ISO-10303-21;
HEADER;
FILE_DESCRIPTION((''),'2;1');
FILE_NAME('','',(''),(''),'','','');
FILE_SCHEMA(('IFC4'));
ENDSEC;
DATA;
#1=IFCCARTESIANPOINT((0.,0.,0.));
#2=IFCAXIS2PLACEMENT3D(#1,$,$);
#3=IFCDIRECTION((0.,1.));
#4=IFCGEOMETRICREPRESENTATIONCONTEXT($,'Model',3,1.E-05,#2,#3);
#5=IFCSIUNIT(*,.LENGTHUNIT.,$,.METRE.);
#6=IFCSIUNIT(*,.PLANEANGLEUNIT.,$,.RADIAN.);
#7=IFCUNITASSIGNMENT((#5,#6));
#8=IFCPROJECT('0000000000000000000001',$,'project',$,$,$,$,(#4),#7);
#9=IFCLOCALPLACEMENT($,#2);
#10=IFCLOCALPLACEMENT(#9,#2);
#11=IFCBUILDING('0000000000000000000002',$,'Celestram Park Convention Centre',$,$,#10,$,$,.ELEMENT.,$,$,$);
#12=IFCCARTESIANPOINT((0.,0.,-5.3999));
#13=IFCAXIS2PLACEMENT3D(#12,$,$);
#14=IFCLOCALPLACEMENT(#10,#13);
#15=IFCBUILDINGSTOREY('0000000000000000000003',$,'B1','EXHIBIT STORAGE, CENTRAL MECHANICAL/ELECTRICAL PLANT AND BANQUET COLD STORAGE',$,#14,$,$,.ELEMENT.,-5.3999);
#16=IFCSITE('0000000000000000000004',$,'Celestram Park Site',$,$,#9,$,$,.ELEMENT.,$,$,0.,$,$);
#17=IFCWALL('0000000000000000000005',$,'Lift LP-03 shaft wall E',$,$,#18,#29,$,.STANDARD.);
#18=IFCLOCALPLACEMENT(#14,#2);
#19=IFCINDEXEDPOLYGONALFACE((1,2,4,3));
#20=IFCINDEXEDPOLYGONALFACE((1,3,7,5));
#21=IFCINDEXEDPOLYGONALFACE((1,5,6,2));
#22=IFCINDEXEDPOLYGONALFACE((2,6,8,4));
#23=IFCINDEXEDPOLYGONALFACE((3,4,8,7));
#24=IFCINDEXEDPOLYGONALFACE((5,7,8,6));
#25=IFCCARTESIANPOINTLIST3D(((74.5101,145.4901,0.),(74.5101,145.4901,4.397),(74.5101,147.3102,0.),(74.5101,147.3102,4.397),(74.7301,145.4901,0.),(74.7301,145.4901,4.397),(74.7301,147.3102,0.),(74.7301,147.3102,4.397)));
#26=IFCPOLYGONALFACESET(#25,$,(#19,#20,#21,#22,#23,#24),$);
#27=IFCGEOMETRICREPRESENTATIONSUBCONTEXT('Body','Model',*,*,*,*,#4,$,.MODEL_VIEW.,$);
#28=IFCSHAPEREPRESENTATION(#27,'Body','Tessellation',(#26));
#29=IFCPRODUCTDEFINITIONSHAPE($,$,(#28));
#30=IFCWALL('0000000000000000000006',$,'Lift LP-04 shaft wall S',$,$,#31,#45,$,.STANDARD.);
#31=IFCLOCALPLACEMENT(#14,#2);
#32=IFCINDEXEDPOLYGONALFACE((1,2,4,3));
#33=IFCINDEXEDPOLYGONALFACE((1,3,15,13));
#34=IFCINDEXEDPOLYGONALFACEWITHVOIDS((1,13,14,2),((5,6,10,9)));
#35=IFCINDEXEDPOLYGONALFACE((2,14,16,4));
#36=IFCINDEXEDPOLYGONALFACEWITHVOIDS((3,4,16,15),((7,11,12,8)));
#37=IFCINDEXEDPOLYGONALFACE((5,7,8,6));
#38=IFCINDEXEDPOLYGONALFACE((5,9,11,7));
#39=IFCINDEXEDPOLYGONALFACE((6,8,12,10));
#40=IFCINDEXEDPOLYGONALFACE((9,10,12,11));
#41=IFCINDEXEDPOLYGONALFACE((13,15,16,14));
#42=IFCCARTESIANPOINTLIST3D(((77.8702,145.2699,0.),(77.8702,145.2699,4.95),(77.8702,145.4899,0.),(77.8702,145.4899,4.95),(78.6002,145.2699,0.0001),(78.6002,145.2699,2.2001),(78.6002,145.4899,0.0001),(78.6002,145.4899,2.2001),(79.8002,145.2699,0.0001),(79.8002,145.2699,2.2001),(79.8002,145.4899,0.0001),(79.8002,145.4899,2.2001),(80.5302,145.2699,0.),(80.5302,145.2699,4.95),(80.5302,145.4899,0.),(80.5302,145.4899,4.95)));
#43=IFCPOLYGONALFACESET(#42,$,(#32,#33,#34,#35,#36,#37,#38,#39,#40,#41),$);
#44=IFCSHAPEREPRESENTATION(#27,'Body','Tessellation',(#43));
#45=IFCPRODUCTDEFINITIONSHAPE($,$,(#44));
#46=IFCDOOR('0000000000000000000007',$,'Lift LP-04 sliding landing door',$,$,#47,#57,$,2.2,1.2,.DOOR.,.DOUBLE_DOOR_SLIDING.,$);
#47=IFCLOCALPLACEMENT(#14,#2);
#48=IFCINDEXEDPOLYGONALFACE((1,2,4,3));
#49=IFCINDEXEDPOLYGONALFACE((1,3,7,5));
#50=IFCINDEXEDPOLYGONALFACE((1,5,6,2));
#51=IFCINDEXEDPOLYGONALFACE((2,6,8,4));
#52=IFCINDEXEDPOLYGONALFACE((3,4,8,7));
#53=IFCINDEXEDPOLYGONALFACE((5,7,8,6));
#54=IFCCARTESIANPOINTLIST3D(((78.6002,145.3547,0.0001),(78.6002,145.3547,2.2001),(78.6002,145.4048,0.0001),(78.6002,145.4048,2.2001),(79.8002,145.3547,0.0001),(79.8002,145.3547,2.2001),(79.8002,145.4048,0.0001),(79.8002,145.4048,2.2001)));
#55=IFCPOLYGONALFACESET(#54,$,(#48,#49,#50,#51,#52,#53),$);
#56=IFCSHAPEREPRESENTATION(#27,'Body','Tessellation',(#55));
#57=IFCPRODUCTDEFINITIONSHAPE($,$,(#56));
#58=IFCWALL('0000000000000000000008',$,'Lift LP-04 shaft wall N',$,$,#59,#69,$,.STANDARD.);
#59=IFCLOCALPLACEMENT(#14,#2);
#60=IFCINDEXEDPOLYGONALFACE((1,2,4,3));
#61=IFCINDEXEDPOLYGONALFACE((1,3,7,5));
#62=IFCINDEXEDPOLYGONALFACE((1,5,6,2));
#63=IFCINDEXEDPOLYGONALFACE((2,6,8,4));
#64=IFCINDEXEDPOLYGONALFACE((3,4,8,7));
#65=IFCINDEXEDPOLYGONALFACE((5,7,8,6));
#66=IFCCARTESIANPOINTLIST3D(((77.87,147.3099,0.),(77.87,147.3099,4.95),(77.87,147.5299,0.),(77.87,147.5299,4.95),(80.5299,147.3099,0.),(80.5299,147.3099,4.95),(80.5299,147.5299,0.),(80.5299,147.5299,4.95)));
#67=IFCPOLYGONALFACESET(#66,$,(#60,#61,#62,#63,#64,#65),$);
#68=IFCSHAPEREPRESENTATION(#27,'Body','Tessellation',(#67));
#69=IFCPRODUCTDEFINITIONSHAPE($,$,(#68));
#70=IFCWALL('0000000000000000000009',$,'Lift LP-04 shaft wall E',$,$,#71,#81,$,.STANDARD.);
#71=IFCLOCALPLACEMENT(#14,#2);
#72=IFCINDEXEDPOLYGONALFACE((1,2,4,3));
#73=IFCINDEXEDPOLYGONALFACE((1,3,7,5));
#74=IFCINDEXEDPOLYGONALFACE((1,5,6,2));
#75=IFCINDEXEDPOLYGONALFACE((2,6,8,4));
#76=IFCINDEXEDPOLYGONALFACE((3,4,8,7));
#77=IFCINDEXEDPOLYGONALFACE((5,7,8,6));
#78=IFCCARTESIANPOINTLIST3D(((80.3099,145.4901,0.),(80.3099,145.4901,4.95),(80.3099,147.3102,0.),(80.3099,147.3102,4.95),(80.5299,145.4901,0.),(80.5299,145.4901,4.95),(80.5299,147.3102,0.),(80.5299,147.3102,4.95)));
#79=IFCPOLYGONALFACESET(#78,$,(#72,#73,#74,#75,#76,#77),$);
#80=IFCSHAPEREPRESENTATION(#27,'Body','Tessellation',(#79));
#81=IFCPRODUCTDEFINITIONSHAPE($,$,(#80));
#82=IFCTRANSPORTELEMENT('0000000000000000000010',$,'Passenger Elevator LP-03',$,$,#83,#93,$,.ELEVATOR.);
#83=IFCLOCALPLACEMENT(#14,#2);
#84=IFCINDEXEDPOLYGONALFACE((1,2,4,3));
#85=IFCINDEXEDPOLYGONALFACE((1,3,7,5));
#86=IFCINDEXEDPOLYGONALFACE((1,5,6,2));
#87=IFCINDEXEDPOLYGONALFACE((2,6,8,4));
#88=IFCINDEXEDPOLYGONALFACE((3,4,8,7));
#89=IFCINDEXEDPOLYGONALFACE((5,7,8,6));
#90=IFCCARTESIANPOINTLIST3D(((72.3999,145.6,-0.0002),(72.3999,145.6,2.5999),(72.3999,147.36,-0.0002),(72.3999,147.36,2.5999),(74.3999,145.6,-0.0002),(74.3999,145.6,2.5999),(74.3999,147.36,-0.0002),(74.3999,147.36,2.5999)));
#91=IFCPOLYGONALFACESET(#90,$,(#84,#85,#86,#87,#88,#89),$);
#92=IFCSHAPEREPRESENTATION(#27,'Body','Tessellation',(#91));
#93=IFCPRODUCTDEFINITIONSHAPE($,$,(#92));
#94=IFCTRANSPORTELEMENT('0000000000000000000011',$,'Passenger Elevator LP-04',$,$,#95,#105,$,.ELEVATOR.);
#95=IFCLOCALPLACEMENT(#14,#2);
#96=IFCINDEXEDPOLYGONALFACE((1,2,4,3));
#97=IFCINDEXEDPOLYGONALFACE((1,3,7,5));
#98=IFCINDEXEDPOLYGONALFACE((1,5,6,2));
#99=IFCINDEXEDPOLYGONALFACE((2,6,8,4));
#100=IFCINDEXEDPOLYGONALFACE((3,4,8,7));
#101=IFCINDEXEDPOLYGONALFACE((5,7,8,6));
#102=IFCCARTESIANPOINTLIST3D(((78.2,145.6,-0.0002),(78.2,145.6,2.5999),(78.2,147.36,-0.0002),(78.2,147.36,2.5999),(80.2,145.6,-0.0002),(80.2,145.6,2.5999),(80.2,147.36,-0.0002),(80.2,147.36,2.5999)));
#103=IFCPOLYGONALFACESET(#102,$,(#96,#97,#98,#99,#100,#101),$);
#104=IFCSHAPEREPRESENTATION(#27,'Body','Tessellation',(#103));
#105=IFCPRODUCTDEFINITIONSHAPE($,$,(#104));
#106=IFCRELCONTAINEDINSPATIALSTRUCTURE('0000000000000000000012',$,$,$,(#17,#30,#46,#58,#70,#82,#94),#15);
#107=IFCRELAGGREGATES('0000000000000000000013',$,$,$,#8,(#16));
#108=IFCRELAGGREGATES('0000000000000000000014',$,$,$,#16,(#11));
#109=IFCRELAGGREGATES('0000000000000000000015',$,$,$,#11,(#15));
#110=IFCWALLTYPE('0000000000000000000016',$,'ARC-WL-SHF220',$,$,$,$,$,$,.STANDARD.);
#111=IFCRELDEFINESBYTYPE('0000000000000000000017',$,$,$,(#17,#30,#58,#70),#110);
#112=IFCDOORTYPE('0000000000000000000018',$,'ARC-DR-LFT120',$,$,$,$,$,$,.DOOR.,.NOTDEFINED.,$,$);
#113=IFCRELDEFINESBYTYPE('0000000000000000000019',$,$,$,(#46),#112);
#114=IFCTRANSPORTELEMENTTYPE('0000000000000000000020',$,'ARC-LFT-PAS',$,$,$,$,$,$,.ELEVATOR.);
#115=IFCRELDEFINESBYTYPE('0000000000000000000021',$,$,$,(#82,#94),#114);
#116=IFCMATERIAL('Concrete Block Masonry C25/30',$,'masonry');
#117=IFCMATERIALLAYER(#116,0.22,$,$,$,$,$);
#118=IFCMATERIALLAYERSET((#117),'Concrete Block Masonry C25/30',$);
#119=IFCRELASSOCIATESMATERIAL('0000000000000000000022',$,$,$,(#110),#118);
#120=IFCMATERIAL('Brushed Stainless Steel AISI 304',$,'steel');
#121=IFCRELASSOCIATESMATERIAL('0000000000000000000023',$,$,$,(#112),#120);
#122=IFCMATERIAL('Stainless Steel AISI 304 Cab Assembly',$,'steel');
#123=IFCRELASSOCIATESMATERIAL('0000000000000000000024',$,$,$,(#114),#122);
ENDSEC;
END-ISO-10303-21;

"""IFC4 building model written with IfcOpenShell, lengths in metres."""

from ifc_helpers import new_model, si_unit, direction, frame, frame_2d, origin, origin_2d, place, context, subcontext, project, spatial, rectangle, extrude, material, layer, layer_set, type_object, element, fill, save


model = new_model("IFC4")

# Units and contexts
model_context = context("Model", 3, precision=1e-05, world=origin(), true_north=direction((0.0, 1.0)))
body_context = subcontext(model_context, "Body", "Model", "MODEL_VIEW")
ifc_project = project(units=[si_unit("LENGTHUNIT", "METRE"), si_unit("PLANEANGLEUNIT", "RADIAN")], contexts=[model_context])

# Site, building, storey
site_placement = place(None, origin())
site = spatial("IfcSite", under=ifc_project, at=site_placement, Name="Celestram Park Site", CompositionType="ELEMENT", RefElevation=0.0)
building_placement = place(site_placement, origin())
building = spatial("IfcBuilding", under=site, at=building_placement, Name="Celestram Park Convention Centre", CompositionType="ELEMENT")
storey_placement = place(building_placement, frame((0.0, 0.0, -5.3999)))
storey = spatial("IfcBuildingStorey", under=building, at=storey_placement, Name="B1", Description="EXHIBIT STORAGE, CENTRAL MECHANICAL/ELECTRICAL PLANT AND BANQUET COLD STORAGE", CompositionType="ELEMENT", Elevation=-5.3999)

# Shared definitions
ifc_material_1 = material(Name="Concrete Block Masonry C25/30", Category="masonry")
ifc_layer = layer(ifc_material_1, 0.22)
ifc_layer_set = layer_set([ifc_layer], Name="Concrete Block Masonry C25/30")
wall_type = type_object("IfcWallType", Name="ARC-WL-SHF220", PredefinedType="STANDARD", material=ifc_layer_set)
ifc_material_2 = material(Name="Brushed Stainless Steel AISI 304", Category="steel")
door_type = type_object("IfcDoorType", Name="ARC-DR-LFT120", OperationType="NOTDEFINED", PredefinedType="DOOR", material=ifc_material_2)

# Wall
for number, where, z_axis, x_axis, name in (
    (1, (74.6201, 145.49, 0.0), (0.0, 0.0, 1.0), (0.0, 1.0, 0.0), "Lift LP-03 shaft wall E"),
):
    element("IfcWall", number, at=place(storey_placement, frame(where, z_axis=z_axis, x_axis=x_axis)), inside=storey, type_object=wall_type, Name=name, PredefinedType="STANDARD", context=body_context, shape_type="SweptSolid", body=[
        extrude(rectangle(XDim=1.8201, YDim=0.22, at=frame_2d((0.9102, 0.0))), origin(), (0.0, 0.0, 1.0), 4.397),
    ])

# Wall, opening, door
wall_1_placement = place(storey_placement, frame((77.8701, 145.3799, 0.0), z_axis=(0.0, 0.0, 1.0), x_axis=(1.0, 0.0, 0.0)))
wall_1 = element("IfcWall", 2, at=wall_1_placement, inside=storey, type_object=wall_type, Name="Lift LP-04 shaft wall S", PredefinedType="STANDARD", context=body_context, shape_type="SweptSolid", body=[
    extrude(rectangle(XDim=2.6599, YDim=0.22, at=frame_2d((1.3301, 0.0))), origin(), (0.0, 0.0, 1.0), 4.95),
])
opening_1_placement = place(wall_1_placement, frame((0.73, 0.0, 0.0)))
opening_1 = element("IfcOpeningElement", 3, at=opening_1_placement, cuts=wall_1, PredefinedType="OPENING", context=body_context, shape_type="SweptSolid", body=[
    extrude(rectangle(XDim=1.2, YDim=2.2, at=frame_2d((0.6001, 1.1001))), frame((0.0, 0.1199, 0.0), z_axis=(0.0, -1.0, 0.0), x_axis=(1.0, 0.0, 0.0)), (0.0, 0.0, 1.0), 0.24),
])
door_1_placement = place(opening_1_placement, origin())
door_1 = element("IfcDoor", 4, at=door_1_placement, inside=storey, type_object=door_type, Name="Lift LP-04 sliding landing door", OperationType="DOUBLE_DOOR_SLIDING", OverallHeight=2.2, OverallWidth=1.2, PredefinedType="DOOR", context=body_context, shape_type="SweptSolid", body=[
    extrude(rectangle(XDim=1.2, YDim=2.2, at=frame_2d((0.6001, 1.1001))), frame((0.0, 0.0249, 0.0), z_axis=(0.0, -1.0, 0.0), x_axis=(1.0, 0.0, 0.0)), (0.0, 0.0, 1.0), 0.05),
])
fill(opening_1, door_1)

# Walls
wall_2_placement = place(storey_placement, frame((80.53, 147.4199, 0.0), z_axis=(0.0, 0.0, 1.0), x_axis=(-1.0, 0.0, 0.0)))
element("IfcWall", 5, at=wall_2_placement, inside=storey, type_object=wall_type, Name="Lift LP-04 shaft wall N", PredefinedType="STANDARD", context=body_context, shape_type="SweptSolid", body=[
    extrude(rectangle(XDim=2.6599, YDim=0.22, at=frame_2d((1.3301, 0.0))), origin(), (0.0, 0.0, 1.0), 4.95),
])
for number, where, z_axis, x_axis, name in (
    (6, (80.4199, 145.49, 0.0), (0.0, 0.0, 1.0), (0.0, 1.0, 0.0), "Lift LP-04 shaft wall E"),
):
    element("IfcWall", number, at=place(storey_placement, frame(where, z_axis=z_axis, x_axis=x_axis)), inside=storey, type_object=wall_type, Name=name, PredefinedType="STANDARD", context=body_context, shape_type="SweptSolid", body=[
        extrude(rectangle(XDim=1.8201, YDim=0.22, at=frame_2d((0.9102, 0.0))), origin(), (0.0, 0.0, 1.0), 4.95),
    ])

# Transport elements
ifc_material_3 = material(Name="Stainless Steel AISI 304 Cab Assembly", Category="steel")
transport_element_type = type_object("IfcTransportElementType", Name="ARC-LFT-PAS", PredefinedType="ELEVATOR", material=ifc_material_3)
for number, where, z_axis, x_axis, name in (
    (7, (73.3999, 146.48, -0.0002), (0.0, 0.0, 1.0), (1.0, 0.0, 0.0), "Passenger Elevator LP-03"),
    (8, (79.2, 146.48, -0.0002), (0.0, 0.0, 1.0), (1.0, 0.0, 0.0), "Passenger Elevator LP-04"),
):
    element("IfcTransportElement", number, at=place(storey_placement, frame(where, z_axis=z_axis, x_axis=x_axis)), inside=storey, type_object=transport_element_type, Name=name, PredefinedType="ELEVATOR", context=body_context, shape_type="SweptSolid", body=[
        extrude(rectangle(XDim=2.0, YDim=1.76, at=origin_2d()), origin(), (0.0, 0.0, 1.0), 2.6001),
    ])

save(model, "model.ifc")
